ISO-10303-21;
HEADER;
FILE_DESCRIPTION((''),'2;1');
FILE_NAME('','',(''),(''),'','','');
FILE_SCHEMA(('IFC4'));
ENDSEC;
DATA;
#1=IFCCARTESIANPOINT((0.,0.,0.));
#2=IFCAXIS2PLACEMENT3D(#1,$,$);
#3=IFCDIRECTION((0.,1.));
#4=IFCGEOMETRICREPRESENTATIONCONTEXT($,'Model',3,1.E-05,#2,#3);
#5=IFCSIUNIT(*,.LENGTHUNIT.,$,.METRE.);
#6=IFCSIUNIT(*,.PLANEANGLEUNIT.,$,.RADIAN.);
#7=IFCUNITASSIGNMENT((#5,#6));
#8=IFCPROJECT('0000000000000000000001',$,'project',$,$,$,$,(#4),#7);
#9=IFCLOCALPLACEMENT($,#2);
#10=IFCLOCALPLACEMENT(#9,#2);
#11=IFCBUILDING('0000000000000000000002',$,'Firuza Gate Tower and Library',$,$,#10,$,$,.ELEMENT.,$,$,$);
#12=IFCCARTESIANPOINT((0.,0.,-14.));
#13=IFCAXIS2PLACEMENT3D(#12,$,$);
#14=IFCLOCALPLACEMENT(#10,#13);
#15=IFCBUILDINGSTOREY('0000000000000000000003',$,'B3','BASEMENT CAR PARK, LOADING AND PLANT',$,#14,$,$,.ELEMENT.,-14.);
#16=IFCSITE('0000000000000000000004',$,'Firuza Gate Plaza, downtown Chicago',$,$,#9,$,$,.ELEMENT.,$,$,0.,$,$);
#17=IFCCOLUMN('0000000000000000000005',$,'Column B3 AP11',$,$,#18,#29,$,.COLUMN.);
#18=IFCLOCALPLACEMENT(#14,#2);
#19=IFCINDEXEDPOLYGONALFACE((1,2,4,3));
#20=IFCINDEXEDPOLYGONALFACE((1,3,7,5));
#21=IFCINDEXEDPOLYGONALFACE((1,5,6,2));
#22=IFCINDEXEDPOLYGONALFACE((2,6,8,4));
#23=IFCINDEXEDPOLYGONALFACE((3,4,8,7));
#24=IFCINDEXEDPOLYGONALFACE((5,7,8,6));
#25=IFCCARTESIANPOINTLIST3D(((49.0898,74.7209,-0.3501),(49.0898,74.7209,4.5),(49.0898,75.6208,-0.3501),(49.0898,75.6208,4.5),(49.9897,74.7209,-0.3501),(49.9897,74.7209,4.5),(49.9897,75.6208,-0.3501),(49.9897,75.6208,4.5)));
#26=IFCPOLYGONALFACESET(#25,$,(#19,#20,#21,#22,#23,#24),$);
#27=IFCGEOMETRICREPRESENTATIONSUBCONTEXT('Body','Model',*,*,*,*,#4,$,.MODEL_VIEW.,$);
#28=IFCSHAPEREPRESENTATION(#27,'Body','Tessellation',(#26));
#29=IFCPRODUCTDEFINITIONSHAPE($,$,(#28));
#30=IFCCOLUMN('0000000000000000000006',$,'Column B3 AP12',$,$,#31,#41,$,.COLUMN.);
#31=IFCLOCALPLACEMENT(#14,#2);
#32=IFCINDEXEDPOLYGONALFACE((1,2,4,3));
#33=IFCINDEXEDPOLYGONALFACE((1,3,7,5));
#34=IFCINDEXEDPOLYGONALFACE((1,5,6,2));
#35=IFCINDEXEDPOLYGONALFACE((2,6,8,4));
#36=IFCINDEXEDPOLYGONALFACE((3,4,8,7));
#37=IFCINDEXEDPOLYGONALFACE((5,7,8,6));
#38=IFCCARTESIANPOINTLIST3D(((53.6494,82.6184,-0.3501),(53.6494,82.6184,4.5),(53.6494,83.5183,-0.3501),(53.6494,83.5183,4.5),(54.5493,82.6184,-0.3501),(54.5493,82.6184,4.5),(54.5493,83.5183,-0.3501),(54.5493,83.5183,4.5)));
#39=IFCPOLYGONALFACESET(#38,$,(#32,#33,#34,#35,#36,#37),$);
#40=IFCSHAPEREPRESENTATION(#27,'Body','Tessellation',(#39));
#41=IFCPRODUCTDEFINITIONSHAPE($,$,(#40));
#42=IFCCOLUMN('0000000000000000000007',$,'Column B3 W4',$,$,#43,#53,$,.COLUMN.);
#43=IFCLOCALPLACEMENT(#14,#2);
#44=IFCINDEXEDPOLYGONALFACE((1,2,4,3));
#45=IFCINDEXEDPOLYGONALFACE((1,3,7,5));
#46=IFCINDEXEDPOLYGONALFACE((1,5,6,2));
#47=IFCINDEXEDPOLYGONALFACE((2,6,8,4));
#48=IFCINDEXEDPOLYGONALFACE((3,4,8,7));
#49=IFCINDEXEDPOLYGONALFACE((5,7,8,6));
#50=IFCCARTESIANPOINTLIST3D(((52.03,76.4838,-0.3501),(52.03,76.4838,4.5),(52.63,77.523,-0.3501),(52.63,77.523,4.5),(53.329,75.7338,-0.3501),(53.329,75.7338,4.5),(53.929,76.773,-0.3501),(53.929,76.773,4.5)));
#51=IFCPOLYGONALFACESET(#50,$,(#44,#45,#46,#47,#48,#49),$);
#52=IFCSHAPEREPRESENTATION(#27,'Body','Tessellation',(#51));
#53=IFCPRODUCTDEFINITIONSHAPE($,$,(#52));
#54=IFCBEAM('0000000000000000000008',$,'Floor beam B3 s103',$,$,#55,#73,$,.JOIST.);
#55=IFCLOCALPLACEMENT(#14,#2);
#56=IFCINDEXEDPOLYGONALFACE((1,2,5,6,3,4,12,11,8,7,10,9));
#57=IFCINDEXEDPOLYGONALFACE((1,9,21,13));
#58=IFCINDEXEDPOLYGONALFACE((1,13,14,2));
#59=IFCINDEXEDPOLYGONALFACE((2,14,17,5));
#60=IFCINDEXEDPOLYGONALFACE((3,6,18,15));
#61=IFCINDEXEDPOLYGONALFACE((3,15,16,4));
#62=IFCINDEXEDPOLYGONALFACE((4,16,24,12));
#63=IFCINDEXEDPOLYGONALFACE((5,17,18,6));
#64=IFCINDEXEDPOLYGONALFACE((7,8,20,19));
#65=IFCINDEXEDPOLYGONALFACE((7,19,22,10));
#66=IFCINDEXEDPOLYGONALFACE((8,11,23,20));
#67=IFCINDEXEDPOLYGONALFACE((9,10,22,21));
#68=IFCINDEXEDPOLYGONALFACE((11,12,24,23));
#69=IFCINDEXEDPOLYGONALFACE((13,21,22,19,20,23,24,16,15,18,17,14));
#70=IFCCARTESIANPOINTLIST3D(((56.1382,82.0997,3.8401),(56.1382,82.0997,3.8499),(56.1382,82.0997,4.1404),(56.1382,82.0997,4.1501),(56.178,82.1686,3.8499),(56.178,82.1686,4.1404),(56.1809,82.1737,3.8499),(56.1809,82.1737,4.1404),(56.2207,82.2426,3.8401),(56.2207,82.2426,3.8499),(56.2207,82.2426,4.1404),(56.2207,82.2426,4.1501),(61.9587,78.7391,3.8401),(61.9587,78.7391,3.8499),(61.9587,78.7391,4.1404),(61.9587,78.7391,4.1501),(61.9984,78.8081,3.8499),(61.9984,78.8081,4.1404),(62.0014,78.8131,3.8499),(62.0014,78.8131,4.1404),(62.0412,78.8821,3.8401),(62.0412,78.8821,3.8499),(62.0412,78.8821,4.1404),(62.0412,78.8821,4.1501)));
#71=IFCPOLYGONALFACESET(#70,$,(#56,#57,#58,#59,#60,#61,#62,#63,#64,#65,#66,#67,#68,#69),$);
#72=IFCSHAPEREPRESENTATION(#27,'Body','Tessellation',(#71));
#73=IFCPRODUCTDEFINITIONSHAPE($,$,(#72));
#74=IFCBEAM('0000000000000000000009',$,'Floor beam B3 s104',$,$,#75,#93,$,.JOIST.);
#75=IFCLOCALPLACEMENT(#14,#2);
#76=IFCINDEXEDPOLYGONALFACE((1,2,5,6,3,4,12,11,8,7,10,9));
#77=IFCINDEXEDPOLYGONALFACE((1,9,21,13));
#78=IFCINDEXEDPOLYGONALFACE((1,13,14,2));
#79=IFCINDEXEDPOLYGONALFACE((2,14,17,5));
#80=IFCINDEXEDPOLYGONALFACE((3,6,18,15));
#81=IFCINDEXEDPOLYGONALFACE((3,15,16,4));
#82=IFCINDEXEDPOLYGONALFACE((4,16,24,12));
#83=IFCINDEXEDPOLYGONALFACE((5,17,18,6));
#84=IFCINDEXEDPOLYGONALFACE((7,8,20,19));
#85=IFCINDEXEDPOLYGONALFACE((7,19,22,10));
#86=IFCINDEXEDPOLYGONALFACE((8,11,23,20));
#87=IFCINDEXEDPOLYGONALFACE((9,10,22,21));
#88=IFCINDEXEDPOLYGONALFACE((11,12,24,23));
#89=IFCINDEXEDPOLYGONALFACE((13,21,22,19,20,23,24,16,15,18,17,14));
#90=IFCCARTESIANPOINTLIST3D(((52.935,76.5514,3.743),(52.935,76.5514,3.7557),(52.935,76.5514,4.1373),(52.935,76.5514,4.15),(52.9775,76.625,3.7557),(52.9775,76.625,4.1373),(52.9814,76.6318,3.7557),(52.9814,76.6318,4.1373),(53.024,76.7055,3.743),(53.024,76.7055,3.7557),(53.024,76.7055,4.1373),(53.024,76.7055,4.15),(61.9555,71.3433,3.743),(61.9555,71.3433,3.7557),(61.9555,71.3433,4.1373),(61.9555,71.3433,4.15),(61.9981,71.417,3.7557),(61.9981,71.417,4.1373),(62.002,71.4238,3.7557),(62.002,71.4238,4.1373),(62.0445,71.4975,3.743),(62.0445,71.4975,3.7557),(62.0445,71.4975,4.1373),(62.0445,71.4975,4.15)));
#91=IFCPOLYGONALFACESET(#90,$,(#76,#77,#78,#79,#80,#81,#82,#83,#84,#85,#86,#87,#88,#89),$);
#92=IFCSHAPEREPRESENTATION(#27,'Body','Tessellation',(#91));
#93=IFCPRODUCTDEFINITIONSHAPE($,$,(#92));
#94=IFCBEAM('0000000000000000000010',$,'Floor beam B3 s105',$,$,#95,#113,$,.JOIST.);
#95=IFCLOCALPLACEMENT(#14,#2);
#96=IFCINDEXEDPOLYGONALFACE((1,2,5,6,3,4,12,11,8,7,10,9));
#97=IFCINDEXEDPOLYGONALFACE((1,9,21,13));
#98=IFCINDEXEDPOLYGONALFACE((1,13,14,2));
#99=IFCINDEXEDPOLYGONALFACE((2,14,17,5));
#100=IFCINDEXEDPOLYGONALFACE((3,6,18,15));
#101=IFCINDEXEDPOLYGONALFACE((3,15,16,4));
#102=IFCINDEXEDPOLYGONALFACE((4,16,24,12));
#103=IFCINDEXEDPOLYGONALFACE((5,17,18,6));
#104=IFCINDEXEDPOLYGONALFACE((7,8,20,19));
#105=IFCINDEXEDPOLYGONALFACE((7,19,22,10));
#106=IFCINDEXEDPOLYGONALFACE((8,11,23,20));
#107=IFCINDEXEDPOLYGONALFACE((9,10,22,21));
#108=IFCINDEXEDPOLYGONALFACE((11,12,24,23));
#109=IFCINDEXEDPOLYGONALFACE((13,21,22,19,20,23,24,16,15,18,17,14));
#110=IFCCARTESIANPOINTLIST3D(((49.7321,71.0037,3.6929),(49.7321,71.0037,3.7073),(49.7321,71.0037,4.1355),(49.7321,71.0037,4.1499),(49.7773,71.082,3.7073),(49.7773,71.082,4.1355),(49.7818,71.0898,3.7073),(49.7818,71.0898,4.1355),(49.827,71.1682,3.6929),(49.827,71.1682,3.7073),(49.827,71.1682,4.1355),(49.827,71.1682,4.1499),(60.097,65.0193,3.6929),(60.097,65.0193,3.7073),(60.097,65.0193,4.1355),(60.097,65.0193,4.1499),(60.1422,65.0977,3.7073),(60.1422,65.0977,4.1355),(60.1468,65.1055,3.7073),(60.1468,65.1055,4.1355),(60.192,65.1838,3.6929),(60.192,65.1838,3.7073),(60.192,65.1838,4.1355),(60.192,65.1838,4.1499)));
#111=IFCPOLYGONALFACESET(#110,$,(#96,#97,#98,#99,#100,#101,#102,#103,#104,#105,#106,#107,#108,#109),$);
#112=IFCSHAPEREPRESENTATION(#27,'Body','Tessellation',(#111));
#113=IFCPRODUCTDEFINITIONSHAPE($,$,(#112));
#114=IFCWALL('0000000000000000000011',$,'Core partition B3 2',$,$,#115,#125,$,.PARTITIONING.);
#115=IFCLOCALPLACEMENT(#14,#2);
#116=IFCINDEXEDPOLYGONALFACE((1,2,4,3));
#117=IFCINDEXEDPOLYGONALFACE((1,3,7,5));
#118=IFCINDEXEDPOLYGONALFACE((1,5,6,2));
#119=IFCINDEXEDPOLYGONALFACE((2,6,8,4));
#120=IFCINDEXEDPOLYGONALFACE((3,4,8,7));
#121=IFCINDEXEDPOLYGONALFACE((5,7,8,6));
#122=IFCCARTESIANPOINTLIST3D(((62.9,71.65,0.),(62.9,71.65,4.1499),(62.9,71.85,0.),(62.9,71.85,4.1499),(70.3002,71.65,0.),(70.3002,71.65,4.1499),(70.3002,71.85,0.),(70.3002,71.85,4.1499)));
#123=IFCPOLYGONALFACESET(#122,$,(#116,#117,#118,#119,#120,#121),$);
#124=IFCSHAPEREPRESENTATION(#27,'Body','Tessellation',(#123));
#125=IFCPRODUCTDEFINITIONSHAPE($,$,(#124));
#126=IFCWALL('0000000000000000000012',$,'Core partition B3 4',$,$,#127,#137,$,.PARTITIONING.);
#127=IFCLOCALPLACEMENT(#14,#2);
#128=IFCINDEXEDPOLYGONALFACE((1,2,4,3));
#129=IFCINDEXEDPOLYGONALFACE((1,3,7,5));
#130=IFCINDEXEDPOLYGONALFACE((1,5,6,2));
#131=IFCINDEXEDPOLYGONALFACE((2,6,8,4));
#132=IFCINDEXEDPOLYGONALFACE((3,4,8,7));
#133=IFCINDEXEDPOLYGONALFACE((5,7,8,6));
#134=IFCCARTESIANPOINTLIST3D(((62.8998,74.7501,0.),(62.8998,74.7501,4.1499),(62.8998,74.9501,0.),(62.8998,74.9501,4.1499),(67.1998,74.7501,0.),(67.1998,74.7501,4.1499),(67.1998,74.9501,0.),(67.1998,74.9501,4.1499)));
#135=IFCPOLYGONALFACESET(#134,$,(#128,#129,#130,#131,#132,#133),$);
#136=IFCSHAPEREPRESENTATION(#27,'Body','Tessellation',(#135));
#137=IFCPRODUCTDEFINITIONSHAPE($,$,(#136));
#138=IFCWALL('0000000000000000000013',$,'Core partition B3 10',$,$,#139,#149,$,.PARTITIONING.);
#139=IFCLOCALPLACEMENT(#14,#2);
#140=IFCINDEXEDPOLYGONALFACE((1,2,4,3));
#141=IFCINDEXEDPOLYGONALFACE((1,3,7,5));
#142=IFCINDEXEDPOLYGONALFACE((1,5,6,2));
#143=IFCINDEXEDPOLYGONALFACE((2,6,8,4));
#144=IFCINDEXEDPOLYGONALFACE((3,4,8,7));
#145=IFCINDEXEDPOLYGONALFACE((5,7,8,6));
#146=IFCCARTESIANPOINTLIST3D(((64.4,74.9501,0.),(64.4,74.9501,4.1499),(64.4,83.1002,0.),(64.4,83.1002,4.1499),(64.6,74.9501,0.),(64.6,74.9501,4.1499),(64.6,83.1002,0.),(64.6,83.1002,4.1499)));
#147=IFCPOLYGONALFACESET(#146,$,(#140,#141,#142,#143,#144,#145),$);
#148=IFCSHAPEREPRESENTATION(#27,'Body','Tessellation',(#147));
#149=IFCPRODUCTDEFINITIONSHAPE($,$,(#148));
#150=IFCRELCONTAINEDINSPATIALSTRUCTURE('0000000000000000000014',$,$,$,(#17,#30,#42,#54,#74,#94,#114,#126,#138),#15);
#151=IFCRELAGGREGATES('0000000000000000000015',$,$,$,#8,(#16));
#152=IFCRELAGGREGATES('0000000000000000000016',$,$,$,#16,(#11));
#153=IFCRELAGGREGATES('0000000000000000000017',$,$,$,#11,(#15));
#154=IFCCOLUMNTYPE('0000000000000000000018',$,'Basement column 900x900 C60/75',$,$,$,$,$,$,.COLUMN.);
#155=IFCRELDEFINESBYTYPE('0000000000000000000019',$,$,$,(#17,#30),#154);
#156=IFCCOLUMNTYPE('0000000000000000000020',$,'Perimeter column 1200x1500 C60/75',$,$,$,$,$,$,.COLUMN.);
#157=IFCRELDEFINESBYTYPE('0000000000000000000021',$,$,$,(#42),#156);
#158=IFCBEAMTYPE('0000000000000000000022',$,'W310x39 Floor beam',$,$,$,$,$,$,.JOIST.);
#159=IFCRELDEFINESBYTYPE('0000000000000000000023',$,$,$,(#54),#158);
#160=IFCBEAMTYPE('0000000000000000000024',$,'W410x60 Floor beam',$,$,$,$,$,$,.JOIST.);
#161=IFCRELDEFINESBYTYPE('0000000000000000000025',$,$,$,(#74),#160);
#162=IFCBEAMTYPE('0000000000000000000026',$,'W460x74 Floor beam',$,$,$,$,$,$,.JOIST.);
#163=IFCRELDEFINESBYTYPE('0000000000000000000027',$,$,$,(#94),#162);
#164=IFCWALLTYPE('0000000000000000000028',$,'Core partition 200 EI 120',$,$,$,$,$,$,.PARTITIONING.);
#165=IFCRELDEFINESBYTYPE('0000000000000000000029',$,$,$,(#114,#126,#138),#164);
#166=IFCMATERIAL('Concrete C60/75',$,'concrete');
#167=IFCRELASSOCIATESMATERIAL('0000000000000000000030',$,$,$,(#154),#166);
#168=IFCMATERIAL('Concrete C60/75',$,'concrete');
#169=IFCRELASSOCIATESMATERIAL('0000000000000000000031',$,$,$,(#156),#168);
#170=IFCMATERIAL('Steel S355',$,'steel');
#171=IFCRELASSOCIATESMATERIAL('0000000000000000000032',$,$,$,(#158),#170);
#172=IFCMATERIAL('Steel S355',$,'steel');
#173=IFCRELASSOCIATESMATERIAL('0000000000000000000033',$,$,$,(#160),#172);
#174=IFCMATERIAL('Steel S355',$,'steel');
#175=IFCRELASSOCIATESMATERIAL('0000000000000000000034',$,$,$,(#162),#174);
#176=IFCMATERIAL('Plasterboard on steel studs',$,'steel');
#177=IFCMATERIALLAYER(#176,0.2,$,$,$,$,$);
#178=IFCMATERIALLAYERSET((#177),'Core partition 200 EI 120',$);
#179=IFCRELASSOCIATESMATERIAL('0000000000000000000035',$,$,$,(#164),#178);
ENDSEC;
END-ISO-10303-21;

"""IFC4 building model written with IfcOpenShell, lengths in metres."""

from ifc_helpers import new_model, si_unit, direction, frame, frame_2d, origin, origin_2d, place, context, subcontext, project, spatial, rectangle, i_section, extrude, material, layer, layer_set, material_profile, profile_set, type_object, element, save


model = new_model("IFC4")

# Units and contexts
model_context = context("Model", 3, precision=1e-05, world=origin(), true_north=direction((0.0, 1.0)))
body_context = subcontext(model_context, "Body", "Model", "MODEL_VIEW")
ifc_project = project(units=[si_unit("LENGTHUNIT", "METRE"), si_unit("PLANEANGLEUNIT", "RADIAN")], contexts=[model_context])

# Site, building, storey
site_placement = place(None, origin())
site = spatial("IfcSite", under=ifc_project, at=site_placement, Name="Firuza Gate Plaza, downtown Chicago", CompositionType="ELEMENT", RefElevation=0.0)
building_placement = place(site_placement, origin())
building = spatial("IfcBuilding", under=site, at=building_placement, Name="Firuza Gate Tower and Library", CompositionType="ELEMENT")
storey_placement = place(building_placement, frame((0.0, 0.0, -14.0)))
storey = spatial("IfcBuildingStorey", under=building, at=storey_placement, Name="B3", Description="BASEMENT CAR PARK, LOADING AND PLANT", CompositionType="ELEMENT", Elevation=-14.0)

# Columns
ifc_material_1 = material(Name="Concrete C60/75", Category="concrete")
ifc_material_profile_1 = material_profile(ifc_material_1, rectangle(XDim=0.8999, YDim=0.8999, at=origin_2d()))
ifc_profile_set_1 = profile_set([ifc_material_profile_1], Name="Concrete C60/75")
column_type_1 = type_object("IfcColumnType", Name="Basement column 900x900 C60/75", PredefinedType="COLUMN", material=ifc_profile_set_1)
for number, where, z_axis, x_axis, name in (
    (1, (49.5398, 75.1709, -0.3501), (0.0, 0.0, 1.0), (1.0, 0.0, 0.0), "Column B3 AP11"),
    (2, (54.0994, 83.0684, -0.3501), (0.0, 0.0, 1.0), (1.0, 0.0, 0.0), "Column B3 AP12"),
):
    element("IfcColumn", number, at=place(storey_placement, frame(where, z_axis=z_axis, x_axis=x_axis)), inside=storey, type_object=column_type_1, Name=name, PredefinedType="COLUMN", context=body_context, shape_type="SweptSolid", body=[
        extrude(rectangle(XDim=0.8999, YDim=0.8999, at=origin_2d()), origin(), (0.0, 0.0, 1.0), 4.8501),
    ])
ifc_material_2 = material(Name="Concrete C60/75", Category="concrete")
ifc_material_profile_2 = material_profile(ifc_material_2, rectangle(XDim=1.2, YDim=1.5, at=origin_2d()))
ifc_profile_set_2 = profile_set([ifc_material_profile_2], Name="Concrete C60/75")
column_type_2 = type_object("IfcColumnType", Name="Perimeter column 1200x1500 C60/75", PredefinedType="COLUMN", material=ifc_profile_set_2)
column_placement = place(storey_placement, frame((52.9795, 76.6284, -0.3501), z_axis=(0.0, 0.0, 1.0), x_axis=(-0.5, -0.866025, 0.0)))
element("IfcColumn", 3, at=column_placement, inside=storey, type_object=column_type_2, Name="Column B3 W4", PredefinedType="COLUMN", context=body_context, shape_type="SweptSolid", body=[
    extrude(rectangle(XDim=1.2, YDim=1.5, at=origin_2d()), origin(), (0.0, 0.0, 1.0), 4.8501),
])

# Beams
ifc_material_3 = material(Name="Steel S355", Category="steel")
ifc_material_profile_3 = material_profile(ifc_material_3, i_section(OverallWidth=0.165, OverallDepth=0.3101, WebThickness=0.0059, FlangeThickness=0.0098, at=origin_2d()))
ifc_profile_set_3 = profile_set([ifc_material_profile_3], Name="Steel S355")
beam_type_1 = type_object("IfcBeamType", Name="W310x39 Floor beam", PredefinedType="JOIST", material=ifc_profile_set_3)
beam_1_placement = place(storey_placement, frame((56.1794, 82.1711, 3.9951), z_axis=(0.866019, -0.500011, 0.0), x_axis=(0.500011, 0.866019, 0.0)))
element("IfcBeam", 4, at=beam_1_placement, inside=storey, type_object=beam_type_1, Name="Floor beam B3 s103", PredefinedType="JOIST", context=body_context, shape_type="SweptSolid", body=[
    extrude(i_section(OverallWidth=0.165, OverallDepth=0.3101, WebThickness=0.0059, FlangeThickness=0.0098, at=origin_2d()), origin(), (0.0, 0.0, 1.0), 6.7209),
])
ifc_material_4 = material(Name="Steel S355", Category="steel")
ifc_material_profile_4 = material_profile(ifc_material_4, i_section(OverallWidth=0.178, OverallDepth=0.407, WebThickness=0.0078, FlangeThickness=0.0127, at=origin_2d()))
ifc_profile_set_4 = profile_set([ifc_material_profile_4], Name="Steel S355")
beam_type_2 = type_object("IfcBeamType", Name="W410x60 Floor beam", PredefinedType="JOIST", material=ifc_profile_set_4)
beam_2_placement = place(storey_placement, frame((52.9795, 76.6284, 3.9465), z_axis=(0.866025, -0.500001, 0.0), x_axis=(0.500001, 0.866025, 0.0)))
element("IfcBeam", 5, at=beam_2_placement, inside=storey, type_object=beam_type_2, Name="Floor beam B3 s104", PredefinedType="JOIST", context=body_context, shape_type="SweptSolid", body=[
    extrude(i_section(OverallWidth=0.178, OverallDepth=0.407, WebThickness=0.0078, FlangeThickness=0.0127, at=origin_2d()), origin(), (0.0, 0.0, 1.0), 10.416),
])
ifc_material_5 = material(Name="Steel S355", Category="steel")
ifc_material_profile_5 = material_profile(ifc_material_5, i_section(OverallWidth=0.1899, OverallDepth=0.457, WebThickness=0.009, FlangeThickness=0.0144, at=origin_2d()))
ifc_profile_set_5 = profile_set([ifc_material_profile_5], Name="Steel S355")
beam_type_3 = type_object("IfcBeamType", Name="W460x74 Floor beam", PredefinedType="JOIST", material=ifc_profile_set_5)
beam_3_placement = place(storey_placement, frame((49.7795, 71.0859, 3.9214), z_axis=(0.86602, -0.500009, 0.0), x_axis=(0.500009, 0.86602, 0.0)))
element("IfcBeam", 6, at=beam_3_placement, inside=storey, type_object=beam_type_3, Name="Floor beam B3 s105", PredefinedType="JOIST", context=body_context, shape_type="SweptSolid", body=[
    extrude(i_section(OverallWidth=0.1899, OverallDepth=0.457, WebThickness=0.009, FlangeThickness=0.0144, at=origin_2d()), origin(), (0.0, 0.0, 1.0), 11.9685),
])

# Walls
ifc_material_6 = material(Name="Plasterboard on steel studs", Category="steel")
ifc_layer = layer(ifc_material_6, 0.2)
ifc_layer_set = layer_set([ifc_layer], Name="Core partition 200 EI 120")
wall_type = type_object("IfcWallType", Name="Core partition 200 EI 120", PredefinedType="PARTITIONING", material=ifc_layer_set)
wall_1_placement = place(storey_placement, frame((62.8999, 71.75, 0.0), z_axis=(0.0, 0.0, 1.0), x_axis=(1.0, 0.0, 0.0)))
element("IfcWall", 7, at=wall_1_placement, inside=storey, type_object=wall_type, Name="Core partition B3 2", PredefinedType="PARTITIONING", context=body_context, shape_type="SweptSolid", body=[
    extrude(rectangle(XDim=7.4001, YDim=0.2, at=frame_2d((3.7002, 0.0))), origin(), (0.0, 0.0, 1.0), 4.1499),
])
wall_2_placement = place(storey_placement, frame((62.8999, 74.8501, 0.0), z_axis=(0.0, 0.0, 1.0), x_axis=(1.0, 0.0, 0.0)))
element("IfcWall", 8, at=wall_2_placement, inside=storey, type_object=wall_type, Name="Core partition B3 4", PredefinedType="PARTITIONING", context=body_context, shape_type="SweptSolid", body=[
    extrude(rectangle(XDim=4.3, YDim=0.2, at=frame_2d((2.1499, 0.0))), origin(), (0.0, 0.0, 1.0), 4.1499),
])
wall_3_placement = place(storey_placement, frame((64.5, 74.95, 0.0), z_axis=(0.0, 0.0, 1.0), x_axis=(0.0, 1.0, 0.0)))
element("IfcWall", 9, at=wall_3_placement, inside=storey, type_object=wall_type, Name="Core partition B3 10", PredefinedType="PARTITIONING", context=body_context, shape_type="SweptSolid", body=[
    extrude(rectangle(XDim=8.1501, YDim=0.2, at=frame_2d((4.0752, 0.0))), origin(), (0.0, 0.0, 1.0), 4.1499),
])

save(model, "model.ifc")
